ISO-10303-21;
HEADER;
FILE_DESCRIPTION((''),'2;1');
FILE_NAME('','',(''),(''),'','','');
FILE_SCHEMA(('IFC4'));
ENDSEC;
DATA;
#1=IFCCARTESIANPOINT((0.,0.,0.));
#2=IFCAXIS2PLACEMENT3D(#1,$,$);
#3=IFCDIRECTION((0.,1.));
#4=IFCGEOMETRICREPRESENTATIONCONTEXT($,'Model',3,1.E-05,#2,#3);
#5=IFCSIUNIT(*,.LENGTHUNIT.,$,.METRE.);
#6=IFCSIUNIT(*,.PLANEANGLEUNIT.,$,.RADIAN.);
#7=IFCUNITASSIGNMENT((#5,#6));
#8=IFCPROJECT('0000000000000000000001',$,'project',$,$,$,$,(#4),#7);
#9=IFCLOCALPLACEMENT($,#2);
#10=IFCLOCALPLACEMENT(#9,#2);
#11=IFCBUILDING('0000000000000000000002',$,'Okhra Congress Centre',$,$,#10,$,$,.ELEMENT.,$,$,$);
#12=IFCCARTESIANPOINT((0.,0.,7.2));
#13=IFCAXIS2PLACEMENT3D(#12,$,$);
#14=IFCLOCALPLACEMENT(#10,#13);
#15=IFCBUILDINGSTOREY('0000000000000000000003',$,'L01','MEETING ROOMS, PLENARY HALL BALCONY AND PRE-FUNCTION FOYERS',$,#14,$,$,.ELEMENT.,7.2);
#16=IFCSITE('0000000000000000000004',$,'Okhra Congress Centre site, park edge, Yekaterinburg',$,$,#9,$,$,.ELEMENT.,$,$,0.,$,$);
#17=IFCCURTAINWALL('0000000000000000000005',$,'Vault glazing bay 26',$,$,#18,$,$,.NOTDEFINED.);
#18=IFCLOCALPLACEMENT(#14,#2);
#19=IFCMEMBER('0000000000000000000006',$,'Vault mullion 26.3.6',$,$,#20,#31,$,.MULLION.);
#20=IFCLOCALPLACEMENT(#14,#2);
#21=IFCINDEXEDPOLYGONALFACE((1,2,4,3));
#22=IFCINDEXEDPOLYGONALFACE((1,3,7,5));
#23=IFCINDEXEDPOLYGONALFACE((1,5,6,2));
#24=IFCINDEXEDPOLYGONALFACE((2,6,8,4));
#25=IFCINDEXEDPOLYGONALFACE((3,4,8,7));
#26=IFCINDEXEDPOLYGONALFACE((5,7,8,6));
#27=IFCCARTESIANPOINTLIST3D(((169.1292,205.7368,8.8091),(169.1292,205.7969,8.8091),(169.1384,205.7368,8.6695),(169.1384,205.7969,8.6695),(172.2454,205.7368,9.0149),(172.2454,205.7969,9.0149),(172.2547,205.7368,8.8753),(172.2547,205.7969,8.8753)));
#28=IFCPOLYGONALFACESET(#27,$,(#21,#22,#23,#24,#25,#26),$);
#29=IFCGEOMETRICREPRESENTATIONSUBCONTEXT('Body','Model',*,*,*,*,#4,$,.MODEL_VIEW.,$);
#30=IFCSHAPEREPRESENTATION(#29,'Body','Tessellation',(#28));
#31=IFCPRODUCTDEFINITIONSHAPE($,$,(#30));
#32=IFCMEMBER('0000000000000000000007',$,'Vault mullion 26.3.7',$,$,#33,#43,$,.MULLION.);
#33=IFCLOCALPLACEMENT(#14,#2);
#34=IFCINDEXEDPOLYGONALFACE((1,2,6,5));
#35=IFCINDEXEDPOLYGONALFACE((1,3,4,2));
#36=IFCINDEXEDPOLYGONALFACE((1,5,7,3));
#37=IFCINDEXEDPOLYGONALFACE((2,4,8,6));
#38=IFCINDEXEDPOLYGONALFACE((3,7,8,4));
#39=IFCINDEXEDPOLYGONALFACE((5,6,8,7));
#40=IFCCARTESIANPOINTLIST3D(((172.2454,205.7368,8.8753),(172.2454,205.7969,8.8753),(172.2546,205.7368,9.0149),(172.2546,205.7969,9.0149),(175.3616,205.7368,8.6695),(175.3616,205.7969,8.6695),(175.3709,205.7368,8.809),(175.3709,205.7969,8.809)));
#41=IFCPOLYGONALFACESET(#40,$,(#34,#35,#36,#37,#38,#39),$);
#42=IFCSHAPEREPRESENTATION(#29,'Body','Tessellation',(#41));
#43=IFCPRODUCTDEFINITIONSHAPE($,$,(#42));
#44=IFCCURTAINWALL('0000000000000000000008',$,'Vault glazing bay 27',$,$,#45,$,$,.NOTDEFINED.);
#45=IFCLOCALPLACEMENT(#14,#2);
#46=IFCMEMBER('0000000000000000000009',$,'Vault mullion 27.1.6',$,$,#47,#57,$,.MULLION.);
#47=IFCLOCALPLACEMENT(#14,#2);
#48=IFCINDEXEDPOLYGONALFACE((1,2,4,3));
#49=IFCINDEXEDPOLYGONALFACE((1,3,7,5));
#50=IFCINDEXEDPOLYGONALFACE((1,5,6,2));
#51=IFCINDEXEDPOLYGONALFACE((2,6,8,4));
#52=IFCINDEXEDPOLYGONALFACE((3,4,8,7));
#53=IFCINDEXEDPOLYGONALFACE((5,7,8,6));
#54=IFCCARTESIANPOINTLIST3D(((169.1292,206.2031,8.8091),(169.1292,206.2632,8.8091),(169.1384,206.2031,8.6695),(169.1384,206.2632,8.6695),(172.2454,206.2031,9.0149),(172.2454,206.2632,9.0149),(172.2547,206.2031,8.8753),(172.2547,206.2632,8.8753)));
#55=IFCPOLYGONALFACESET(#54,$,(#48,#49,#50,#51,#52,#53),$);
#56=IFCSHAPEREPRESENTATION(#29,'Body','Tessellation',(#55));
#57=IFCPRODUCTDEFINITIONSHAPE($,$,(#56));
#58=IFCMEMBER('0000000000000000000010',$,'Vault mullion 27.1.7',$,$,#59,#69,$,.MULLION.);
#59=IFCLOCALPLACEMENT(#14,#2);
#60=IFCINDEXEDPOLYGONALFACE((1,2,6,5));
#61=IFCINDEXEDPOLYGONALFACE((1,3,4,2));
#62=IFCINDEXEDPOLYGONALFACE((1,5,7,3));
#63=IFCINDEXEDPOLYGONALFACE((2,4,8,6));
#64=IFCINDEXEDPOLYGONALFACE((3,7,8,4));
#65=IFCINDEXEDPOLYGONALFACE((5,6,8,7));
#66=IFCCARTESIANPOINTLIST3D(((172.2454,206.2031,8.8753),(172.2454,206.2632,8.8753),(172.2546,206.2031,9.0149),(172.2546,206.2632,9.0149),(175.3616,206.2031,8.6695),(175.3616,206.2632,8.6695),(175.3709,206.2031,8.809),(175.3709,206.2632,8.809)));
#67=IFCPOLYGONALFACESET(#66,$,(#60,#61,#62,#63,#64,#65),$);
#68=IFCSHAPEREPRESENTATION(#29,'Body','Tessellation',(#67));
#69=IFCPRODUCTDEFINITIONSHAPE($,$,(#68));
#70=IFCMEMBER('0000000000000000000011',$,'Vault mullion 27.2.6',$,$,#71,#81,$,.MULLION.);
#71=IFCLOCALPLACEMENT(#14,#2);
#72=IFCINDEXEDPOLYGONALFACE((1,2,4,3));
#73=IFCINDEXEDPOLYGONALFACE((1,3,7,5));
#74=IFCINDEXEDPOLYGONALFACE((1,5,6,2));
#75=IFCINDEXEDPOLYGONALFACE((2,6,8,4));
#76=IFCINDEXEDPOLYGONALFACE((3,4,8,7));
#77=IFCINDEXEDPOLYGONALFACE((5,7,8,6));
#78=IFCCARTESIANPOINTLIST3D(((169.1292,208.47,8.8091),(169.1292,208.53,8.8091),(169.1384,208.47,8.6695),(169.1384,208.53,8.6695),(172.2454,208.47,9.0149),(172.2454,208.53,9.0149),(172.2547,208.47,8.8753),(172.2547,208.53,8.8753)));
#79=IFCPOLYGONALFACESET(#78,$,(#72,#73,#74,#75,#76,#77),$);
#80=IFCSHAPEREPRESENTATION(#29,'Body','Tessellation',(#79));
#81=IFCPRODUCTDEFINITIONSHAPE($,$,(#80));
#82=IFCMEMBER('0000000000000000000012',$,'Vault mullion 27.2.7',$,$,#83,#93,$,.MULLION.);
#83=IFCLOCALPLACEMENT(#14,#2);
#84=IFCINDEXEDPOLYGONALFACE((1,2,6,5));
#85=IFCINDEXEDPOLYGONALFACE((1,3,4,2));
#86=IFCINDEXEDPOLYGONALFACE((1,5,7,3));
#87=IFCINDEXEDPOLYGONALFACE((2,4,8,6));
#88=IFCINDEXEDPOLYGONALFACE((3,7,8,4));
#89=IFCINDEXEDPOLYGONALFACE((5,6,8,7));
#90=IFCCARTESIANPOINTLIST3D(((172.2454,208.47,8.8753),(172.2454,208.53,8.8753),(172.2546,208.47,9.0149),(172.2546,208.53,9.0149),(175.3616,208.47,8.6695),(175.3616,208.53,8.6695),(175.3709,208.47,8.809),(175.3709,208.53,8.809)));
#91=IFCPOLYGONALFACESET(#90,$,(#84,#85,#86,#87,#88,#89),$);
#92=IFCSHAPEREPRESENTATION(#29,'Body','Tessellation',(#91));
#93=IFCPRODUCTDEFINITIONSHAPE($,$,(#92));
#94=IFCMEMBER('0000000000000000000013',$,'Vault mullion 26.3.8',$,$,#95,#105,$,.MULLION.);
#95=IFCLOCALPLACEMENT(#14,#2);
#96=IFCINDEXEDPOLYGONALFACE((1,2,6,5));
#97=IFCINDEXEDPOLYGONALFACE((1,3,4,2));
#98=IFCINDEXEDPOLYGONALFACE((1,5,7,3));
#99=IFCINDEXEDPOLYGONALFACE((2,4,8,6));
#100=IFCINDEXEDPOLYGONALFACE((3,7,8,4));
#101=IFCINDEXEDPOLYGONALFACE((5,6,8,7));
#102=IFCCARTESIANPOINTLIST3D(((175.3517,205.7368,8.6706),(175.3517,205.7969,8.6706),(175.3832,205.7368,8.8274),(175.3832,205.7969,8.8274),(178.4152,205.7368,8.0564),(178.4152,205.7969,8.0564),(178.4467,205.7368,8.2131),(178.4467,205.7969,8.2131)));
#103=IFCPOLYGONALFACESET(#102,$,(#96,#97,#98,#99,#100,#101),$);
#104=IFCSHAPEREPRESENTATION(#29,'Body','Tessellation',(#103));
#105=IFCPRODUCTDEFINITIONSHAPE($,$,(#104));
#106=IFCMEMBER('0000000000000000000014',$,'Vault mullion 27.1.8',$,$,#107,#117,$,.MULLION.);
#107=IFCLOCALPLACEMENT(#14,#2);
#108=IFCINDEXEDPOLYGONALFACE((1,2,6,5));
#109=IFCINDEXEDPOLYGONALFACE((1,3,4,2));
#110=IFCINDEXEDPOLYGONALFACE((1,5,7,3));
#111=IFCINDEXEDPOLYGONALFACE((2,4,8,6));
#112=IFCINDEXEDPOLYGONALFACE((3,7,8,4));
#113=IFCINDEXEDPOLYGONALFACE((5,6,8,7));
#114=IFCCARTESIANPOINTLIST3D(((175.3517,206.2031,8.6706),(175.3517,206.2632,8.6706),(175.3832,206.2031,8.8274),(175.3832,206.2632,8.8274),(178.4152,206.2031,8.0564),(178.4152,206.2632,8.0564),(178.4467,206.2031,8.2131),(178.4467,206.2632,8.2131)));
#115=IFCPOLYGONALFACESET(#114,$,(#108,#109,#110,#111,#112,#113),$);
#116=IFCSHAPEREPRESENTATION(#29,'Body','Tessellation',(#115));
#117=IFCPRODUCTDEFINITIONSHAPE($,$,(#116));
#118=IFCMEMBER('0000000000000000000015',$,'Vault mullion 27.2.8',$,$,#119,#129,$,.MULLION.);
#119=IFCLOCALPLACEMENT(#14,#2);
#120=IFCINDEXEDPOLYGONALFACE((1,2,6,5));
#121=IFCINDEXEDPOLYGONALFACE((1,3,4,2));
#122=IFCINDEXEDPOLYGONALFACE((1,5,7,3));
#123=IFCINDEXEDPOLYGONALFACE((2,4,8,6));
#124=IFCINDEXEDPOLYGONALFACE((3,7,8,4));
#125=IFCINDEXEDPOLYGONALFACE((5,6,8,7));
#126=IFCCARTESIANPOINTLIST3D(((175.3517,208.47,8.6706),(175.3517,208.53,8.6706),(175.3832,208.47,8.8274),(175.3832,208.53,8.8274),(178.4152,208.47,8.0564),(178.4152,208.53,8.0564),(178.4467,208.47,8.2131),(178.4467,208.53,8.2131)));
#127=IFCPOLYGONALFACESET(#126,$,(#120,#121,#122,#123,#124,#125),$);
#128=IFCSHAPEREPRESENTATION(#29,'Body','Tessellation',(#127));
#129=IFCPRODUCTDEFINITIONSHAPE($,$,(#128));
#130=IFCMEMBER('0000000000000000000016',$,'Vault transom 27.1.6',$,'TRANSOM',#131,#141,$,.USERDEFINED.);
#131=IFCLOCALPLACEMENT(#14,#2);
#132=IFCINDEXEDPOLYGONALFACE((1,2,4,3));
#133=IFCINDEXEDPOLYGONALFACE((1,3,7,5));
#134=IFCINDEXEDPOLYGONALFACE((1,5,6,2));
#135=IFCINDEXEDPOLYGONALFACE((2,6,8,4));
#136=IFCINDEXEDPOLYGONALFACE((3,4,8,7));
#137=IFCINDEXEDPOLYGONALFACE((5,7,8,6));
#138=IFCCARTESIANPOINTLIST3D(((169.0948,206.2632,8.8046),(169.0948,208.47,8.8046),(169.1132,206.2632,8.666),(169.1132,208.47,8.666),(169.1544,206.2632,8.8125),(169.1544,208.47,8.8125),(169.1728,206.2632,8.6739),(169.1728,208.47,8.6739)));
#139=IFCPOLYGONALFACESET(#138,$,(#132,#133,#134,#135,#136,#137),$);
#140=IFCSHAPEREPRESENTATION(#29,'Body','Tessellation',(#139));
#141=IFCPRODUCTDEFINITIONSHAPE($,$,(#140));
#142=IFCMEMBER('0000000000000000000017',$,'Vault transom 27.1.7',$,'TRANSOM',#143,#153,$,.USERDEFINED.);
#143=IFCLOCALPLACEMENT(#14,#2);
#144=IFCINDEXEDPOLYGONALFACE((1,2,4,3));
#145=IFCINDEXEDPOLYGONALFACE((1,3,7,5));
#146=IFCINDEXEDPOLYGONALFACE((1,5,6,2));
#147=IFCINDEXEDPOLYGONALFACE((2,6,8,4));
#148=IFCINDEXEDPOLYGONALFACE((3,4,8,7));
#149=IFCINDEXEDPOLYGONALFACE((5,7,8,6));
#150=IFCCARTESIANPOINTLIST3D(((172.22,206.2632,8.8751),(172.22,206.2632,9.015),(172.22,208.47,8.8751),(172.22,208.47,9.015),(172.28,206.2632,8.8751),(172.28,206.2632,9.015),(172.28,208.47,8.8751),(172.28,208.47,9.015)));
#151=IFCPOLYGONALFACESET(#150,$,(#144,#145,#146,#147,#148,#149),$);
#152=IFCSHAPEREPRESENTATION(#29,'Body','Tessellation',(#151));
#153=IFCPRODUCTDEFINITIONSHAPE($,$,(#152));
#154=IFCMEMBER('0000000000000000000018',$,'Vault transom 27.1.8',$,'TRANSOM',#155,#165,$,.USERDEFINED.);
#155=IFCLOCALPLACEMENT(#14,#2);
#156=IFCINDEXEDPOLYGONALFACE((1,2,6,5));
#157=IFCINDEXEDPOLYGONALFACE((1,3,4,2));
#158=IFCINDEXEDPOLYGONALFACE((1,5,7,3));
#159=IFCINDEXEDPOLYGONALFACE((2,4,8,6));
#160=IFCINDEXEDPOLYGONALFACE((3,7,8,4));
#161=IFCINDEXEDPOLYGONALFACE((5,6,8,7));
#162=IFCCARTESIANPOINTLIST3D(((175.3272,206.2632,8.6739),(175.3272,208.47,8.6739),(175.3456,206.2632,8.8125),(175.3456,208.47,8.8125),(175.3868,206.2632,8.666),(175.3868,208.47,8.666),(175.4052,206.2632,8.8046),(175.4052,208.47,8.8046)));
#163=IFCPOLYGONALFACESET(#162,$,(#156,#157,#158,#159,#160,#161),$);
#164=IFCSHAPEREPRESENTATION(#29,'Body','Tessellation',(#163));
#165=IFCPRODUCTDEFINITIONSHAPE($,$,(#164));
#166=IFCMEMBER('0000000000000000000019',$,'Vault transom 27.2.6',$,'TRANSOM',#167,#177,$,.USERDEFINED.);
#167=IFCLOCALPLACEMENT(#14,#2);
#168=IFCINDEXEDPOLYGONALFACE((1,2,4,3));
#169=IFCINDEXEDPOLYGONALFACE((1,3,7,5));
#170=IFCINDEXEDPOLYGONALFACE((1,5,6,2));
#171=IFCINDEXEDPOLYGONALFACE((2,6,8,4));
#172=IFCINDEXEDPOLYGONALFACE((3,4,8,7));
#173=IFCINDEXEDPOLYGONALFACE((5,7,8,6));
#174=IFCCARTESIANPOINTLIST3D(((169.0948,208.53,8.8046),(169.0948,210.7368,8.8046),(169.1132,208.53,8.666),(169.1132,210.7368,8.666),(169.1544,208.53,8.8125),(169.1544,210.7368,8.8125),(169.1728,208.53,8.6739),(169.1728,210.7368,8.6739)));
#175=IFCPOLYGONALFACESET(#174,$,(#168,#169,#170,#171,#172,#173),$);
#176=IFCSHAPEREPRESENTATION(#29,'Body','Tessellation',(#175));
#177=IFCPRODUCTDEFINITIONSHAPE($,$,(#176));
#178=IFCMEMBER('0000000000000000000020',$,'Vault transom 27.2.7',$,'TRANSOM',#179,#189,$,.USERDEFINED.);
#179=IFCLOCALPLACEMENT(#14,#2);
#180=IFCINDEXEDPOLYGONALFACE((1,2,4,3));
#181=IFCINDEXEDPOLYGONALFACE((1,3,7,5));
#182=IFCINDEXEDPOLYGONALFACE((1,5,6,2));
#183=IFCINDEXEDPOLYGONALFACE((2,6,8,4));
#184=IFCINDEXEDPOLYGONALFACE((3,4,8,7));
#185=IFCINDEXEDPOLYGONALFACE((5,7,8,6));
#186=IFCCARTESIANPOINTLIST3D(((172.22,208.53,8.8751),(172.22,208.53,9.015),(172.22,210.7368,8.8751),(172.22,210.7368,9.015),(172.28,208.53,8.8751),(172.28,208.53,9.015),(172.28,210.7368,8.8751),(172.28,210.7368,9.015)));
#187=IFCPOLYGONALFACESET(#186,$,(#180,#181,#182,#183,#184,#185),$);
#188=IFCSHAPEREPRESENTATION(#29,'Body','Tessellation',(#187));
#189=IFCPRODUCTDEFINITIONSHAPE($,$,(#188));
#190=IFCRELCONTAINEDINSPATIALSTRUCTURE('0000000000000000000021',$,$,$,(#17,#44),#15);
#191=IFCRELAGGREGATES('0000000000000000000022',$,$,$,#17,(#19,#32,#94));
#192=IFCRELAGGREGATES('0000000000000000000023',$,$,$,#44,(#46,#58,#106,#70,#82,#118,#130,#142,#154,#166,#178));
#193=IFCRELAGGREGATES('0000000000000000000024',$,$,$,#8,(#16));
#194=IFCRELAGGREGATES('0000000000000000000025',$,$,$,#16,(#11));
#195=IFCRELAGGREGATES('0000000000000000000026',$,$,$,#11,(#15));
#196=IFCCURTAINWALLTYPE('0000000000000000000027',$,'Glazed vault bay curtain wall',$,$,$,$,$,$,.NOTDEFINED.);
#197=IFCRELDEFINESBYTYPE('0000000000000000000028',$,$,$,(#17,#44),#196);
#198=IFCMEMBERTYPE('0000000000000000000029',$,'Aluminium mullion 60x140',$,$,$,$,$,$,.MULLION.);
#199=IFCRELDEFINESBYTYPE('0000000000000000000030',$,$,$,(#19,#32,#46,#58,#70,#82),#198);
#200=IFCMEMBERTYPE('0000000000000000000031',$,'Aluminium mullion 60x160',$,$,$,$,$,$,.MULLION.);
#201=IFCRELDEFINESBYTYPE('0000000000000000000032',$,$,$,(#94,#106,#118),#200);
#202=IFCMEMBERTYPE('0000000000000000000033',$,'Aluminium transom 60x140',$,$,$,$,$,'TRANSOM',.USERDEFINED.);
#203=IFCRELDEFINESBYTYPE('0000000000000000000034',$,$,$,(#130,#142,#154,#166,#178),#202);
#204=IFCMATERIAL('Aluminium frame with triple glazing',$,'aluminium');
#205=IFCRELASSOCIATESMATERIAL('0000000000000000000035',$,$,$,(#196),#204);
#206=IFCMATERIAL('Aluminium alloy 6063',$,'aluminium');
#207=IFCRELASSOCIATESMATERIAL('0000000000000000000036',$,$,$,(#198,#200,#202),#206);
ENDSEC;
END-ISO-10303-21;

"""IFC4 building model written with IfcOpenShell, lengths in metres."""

from ifc_helpers import new_model, si_unit, direction, frame, origin, origin_2d, place, context, subcontext, project, spatial, rectangle, extrude, material, material_profile, profile_set, type_object, element, aggregate, save


model = new_model("IFC4")

# Units and contexts
model_context = context("Model", 3, precision=1e-05, world=origin(), true_north=direction((0.0, 1.0)))
body_context = subcontext(model_context, "Body", "Model", "MODEL_VIEW")
ifc_project = project(units=[si_unit("LENGTHUNIT", "METRE"), si_unit("PLANEANGLEUNIT", "RADIAN")], contexts=[model_context])

# Site, building, storey
site_placement = place(None, origin())
site = spatial("IfcSite", under=ifc_project, at=site_placement, Name="Okhra Congress Centre site, park edge, Yekaterinburg", CompositionType="ELEMENT", RefElevation=0.0)
building_placement = place(site_placement, origin())
building = spatial("IfcBuilding", under=site, at=building_placement, Name="Okhra Congress Centre", CompositionType="ELEMENT")
storey_placement = place(building_placement, frame((0.0, 0.0, 7.2)))
storey = spatial("IfcBuildingStorey", under=building, at=storey_placement, Name="L01", Description="MEETING ROOMS, PLENARY HALL BALCONY AND PRE-FUNCTION FOYERS", CompositionType="ELEMENT", Elevation=7.2)

# Curtain walls, members
ifc_material_1 = material(Name="Aluminium frame with triple glazing", Category="aluminium")
curtain_wall_type = type_object("IfcCurtainWallType", Name="Glazed vault bay curtain wall", PredefinedType="NOTDEFINED", material=ifc_material_1)
curtain_wall_1_placement = place(storey_placement, origin())
curtain_wall_1 = element("IfcCurtainWall", 1, at=curtain_wall_1_placement, inside=storey, type_object=curtain_wall_type, Name="Vault glazing bay 26", PredefinedType="NOTDEFINED")
ifc_material_2 = material(Name="Aluminium alloy 6063", Category="aluminium")
ifc_material_profile_1 = material_profile(ifc_material_2, rectangle(XDim=0.0601, YDim=0.1399, at=origin_2d()), Name="AL 60x140")
ifc_profile_set_1 = profile_set([ifc_material_profile_1], Name="Aluminium alloy 6063")
member_type_1 = type_object("IfcMemberType", Name="Aluminium mullion 60x140", PredefinedType="MULLION", material=ifc_profile_set_1)
member_1_placement = place(storey_placement, frame((169.1338, 205.7668, 8.7393), z_axis=(0.997826, 0.0, 0.065902), x_axis=(0.0, 1.0, 0.0)))
member_1 = element("IfcMember", 2, at=member_1_placement, type_object=member_type_1, Name="Vault mullion 26.3.6", PredefinedType="MULLION", context=body_context, shape_type="SweptSolid", body=[
    extrude(rectangle(XDim=0.0601, YDim=0.1399, at=origin_2d()), origin(), (0.0, 0.0, 1.0), 3.123),
])
member_2_placement = place(storey_placement, frame((172.25, 205.7668, 8.9451), z_axis=(0.997826, 0.0, -0.065902), x_axis=(0.0, 1.0, 0.0)))
member_2 = element("IfcMember", 3, at=member_2_placement, type_object=member_type_1, Name="Vault mullion 26.3.7", PredefinedType="MULLION", context=body_context, shape_type="SweptSolid", body=[
    extrude(rectangle(XDim=0.0601, YDim=0.1399, at=origin_2d()), origin(), (0.0, 0.0, 1.0), 3.123),
])
curtain_wall_2_placement = place(storey_placement, origin())
curtain_wall_2 = element("IfcCurtainWall", 4, at=curtain_wall_2_placement, inside=storey, type_object=curtain_wall_type, Name="Vault glazing bay 27", PredefinedType="NOTDEFINED")
member_3_placement = place(storey_placement, frame((169.1338, 206.2332, 8.7393), z_axis=(0.997826, 0.0, 0.065902), x_axis=(0.0, 1.0, 0.0)))
member_3 = element("IfcMember", 5, at=member_3_placement, type_object=member_type_1, Name="Vault mullion 27.1.6", PredefinedType="MULLION", context=body_context, shape_type="SweptSolid", body=[
    extrude(rectangle(XDim=0.0601, YDim=0.1399, at=origin_2d()), origin(), (0.0, 0.0, 1.0), 3.123),
])
member_4_placement = place(storey_placement, frame((172.25, 206.2332, 8.9451), z_axis=(0.997826, 0.0, -0.065902), x_axis=(0.0, 1.0, 0.0)))
member_4 = element("IfcMember", 6, at=member_4_placement, type_object=member_type_1, Name="Vault mullion 27.1.7", PredefinedType="MULLION", context=body_context, shape_type="SweptSolid", body=[
    extrude(rectangle(XDim=0.0601, YDim=0.1399, at=origin_2d()), origin(), (0.0, 0.0, 1.0), 3.123),
])
member_5_placement = place(storey_placement, frame((169.1338, 208.5, 8.7393), z_axis=(0.997826, 0.0, 0.065902), x_axis=(0.0, 1.0, 0.0)))
member_5 = element("IfcMember", 7, at=member_5_placement, type_object=member_type_1, Name="Vault mullion 27.2.6", PredefinedType="MULLION", context=body_context, shape_type="SweptSolid", body=[
    extrude(rectangle(XDim=0.0601, YDim=0.1399, at=origin_2d()), origin(), (0.0, 0.0, 1.0), 3.123),
])
member_6_placement = place(storey_placement, frame((172.25, 208.5, 8.9451), z_axis=(0.997826, 0.0, -0.065902), x_axis=(0.0, 1.0, 0.0)))
member_6 = element("IfcMember", 8, at=member_6_placement, type_object=member_type_1, Name="Vault mullion 27.2.7", PredefinedType="MULLION", context=body_context, shape_type="SweptSolid", body=[
    extrude(rectangle(XDim=0.0601, YDim=0.1399, at=origin_2d()), origin(), (0.0, 0.0, 1.0), 3.123),
])

# Members
ifc_material_profile_2 = material_profile(ifc_material_2, rectangle(XDim=0.0601, YDim=0.1599, at=origin_2d()), Name="AL 60x160")
ifc_profile_set_2 = profile_set([ifc_material_profile_2], Name="Aluminium alloy 6063")
member_type_2 = type_object("IfcMemberType", Name="Aluminium mullion 60x160", PredefinedType="MULLION", material=ifc_profile_set_2)
member_7_placement = place(storey_placement, frame((175.3674, 205.7668, 8.749), z_axis=(0.980484, 0.0, -0.196597), x_axis=(0.0, 1.0, 0.0)))
member_7 = element("IfcMember", 9, at=member_7_placement, type_object=member_type_2, Name="Vault mullion 26.3.8", PredefinedType="MULLION", context=body_context, shape_type="SweptSolid", body=[
    extrude(rectangle(XDim=0.0601, YDim=0.1599, at=origin_2d()), origin(), (0.0, 0.0, 1.0), 3.1245),
])
aggregate(curtain_wall_1, [member_1, member_2, member_7])
member_8_placement = place(storey_placement, frame((175.3674, 206.2332, 8.749), z_axis=(0.980484, 0.0, -0.196597), x_axis=(0.0, 1.0, 0.0)))
member_8 = element("IfcMember", 10, at=member_8_placement, type_object=member_type_2, Name="Vault mullion 27.1.8", PredefinedType="MULLION", context=body_context, shape_type="SweptSolid", body=[
    extrude(rectangle(XDim=0.0601, YDim=0.1599, at=origin_2d()), origin(), (0.0, 0.0, 1.0), 3.1245),
])
member_9_placement = place(storey_placement, frame((175.3674, 208.5, 8.749), z_axis=(0.980484, 0.0, -0.196597), x_axis=(0.0, 1.0, 0.0)))
member_9 = element("IfcMember", 11, at=member_9_placement, type_object=member_type_2, Name="Vault mullion 27.2.8", PredefinedType="MULLION", context=body_context, shape_type="SweptSolid", body=[
    extrude(rectangle(XDim=0.0601, YDim=0.1599, at=origin_2d()), origin(), (0.0, 0.0, 1.0), 3.1245),
])
ifc_material_profile_3 = material_profile(ifc_material_2, rectangle(XDim=0.0601, YDim=0.1399, at=origin_2d()), Name="AL 60x140 transom")
ifc_profile_set_3 = profile_set([ifc_material_profile_3], Name="Aluminium alloy 6063")
member_type_3 = type_object("IfcMemberType", Name="Aluminium transom 60x140", ElementType="TRANSOM", PredefinedType="USERDEFINED", material=ifc_profile_set_3)
member_10_placement = place(storey_placement, frame((169.1338, 206.2632, 8.7393), z_axis=(0.0, 1.0, 0.0), x_axis=(-0.991307, 0.0, -0.131568)))
member_10 = element("IfcMember", 12, at=member_10_placement, type_object=member_type_3, Name="Vault transom 27.1.6", ObjectType="TRANSOM", PredefinedType="USERDEFINED", context=body_context, shape_type="SweptSolid", body=[
    extrude(rectangle(XDim=0.0601, YDim=0.1399, at=origin_2d()), origin(), (0.0, 0.0, 1.0), 2.2068),
])
member_11_placement = place(storey_placement, frame((172.25, 206.2632, 8.9451), z_axis=(0.0, 1.0, 0.0), x_axis=(-1.0, 0.0, 0.0)))
member_11 = element("IfcMember", 13, at=member_11_placement, type_object=member_type_3, Name="Vault transom 27.1.7", ObjectType="TRANSOM", PredefinedType="USERDEFINED", context=body_context, shape_type="SweptSolid", body=[
    extrude(rectangle(XDim=0.0601, YDim=0.1399, at=origin_2d()), origin(), (0.0, 0.0, 1.0), 2.2068),
])
member_12_placement = place(storey_placement, frame((175.3662, 206.2632, 8.7393), z_axis=(0.0, 1.0, 0.0), x_axis=(-0.991307, 0.0, 0.131568)))
member_12 = element("IfcMember", 14, at=member_12_placement, type_object=member_type_3, Name="Vault transom 27.1.8", ObjectType="TRANSOM", PredefinedType="USERDEFINED", context=body_context, shape_type="SweptSolid", body=[
    extrude(rectangle(XDim=0.0601, YDim=0.1399, at=origin_2d()), origin(), (0.0, 0.0, 1.0), 2.2068),
])
member_13_placement = place(storey_placement, frame((169.1338, 208.53, 8.7393), z_axis=(0.0, 1.0, 0.0), x_axis=(-0.991307, 0.0, -0.131568)))
member_13 = element("IfcMember", 15, at=member_13_placement, type_object=member_type_3, Name="Vault transom 27.2.6", ObjectType="TRANSOM", PredefinedType="USERDEFINED", context=body_context, shape_type="SweptSolid", body=[
    extrude(rectangle(XDim=0.0601, YDim=0.1399, at=origin_2d()), origin(), (0.0, 0.0, 1.0), 2.2068),
])
member_14_placement = place(storey_placement, frame((172.25, 208.53, 8.9451), z_axis=(0.0, 1.0, 0.0), x_axis=(-1.0, 0.0, 0.0)))
member_14 = element("IfcMember", 16, at=member_14_placement, type_object=member_type_3, Name="Vault transom 27.2.7", ObjectType="TRANSOM", PredefinedType="USERDEFINED", context=body_context, shape_type="SweptSolid", body=[
    extrude(rectangle(XDim=0.0601, YDim=0.1399, at=origin_2d()), origin(), (0.0, 0.0, 1.0), 2.2068),
])

aggregate(curtain_wall_2, [member_3, member_4, member_8, member_5, member_6, member_9, member_10, member_11, member_12, member_13, member_14])

save(model, "model.ifc")
